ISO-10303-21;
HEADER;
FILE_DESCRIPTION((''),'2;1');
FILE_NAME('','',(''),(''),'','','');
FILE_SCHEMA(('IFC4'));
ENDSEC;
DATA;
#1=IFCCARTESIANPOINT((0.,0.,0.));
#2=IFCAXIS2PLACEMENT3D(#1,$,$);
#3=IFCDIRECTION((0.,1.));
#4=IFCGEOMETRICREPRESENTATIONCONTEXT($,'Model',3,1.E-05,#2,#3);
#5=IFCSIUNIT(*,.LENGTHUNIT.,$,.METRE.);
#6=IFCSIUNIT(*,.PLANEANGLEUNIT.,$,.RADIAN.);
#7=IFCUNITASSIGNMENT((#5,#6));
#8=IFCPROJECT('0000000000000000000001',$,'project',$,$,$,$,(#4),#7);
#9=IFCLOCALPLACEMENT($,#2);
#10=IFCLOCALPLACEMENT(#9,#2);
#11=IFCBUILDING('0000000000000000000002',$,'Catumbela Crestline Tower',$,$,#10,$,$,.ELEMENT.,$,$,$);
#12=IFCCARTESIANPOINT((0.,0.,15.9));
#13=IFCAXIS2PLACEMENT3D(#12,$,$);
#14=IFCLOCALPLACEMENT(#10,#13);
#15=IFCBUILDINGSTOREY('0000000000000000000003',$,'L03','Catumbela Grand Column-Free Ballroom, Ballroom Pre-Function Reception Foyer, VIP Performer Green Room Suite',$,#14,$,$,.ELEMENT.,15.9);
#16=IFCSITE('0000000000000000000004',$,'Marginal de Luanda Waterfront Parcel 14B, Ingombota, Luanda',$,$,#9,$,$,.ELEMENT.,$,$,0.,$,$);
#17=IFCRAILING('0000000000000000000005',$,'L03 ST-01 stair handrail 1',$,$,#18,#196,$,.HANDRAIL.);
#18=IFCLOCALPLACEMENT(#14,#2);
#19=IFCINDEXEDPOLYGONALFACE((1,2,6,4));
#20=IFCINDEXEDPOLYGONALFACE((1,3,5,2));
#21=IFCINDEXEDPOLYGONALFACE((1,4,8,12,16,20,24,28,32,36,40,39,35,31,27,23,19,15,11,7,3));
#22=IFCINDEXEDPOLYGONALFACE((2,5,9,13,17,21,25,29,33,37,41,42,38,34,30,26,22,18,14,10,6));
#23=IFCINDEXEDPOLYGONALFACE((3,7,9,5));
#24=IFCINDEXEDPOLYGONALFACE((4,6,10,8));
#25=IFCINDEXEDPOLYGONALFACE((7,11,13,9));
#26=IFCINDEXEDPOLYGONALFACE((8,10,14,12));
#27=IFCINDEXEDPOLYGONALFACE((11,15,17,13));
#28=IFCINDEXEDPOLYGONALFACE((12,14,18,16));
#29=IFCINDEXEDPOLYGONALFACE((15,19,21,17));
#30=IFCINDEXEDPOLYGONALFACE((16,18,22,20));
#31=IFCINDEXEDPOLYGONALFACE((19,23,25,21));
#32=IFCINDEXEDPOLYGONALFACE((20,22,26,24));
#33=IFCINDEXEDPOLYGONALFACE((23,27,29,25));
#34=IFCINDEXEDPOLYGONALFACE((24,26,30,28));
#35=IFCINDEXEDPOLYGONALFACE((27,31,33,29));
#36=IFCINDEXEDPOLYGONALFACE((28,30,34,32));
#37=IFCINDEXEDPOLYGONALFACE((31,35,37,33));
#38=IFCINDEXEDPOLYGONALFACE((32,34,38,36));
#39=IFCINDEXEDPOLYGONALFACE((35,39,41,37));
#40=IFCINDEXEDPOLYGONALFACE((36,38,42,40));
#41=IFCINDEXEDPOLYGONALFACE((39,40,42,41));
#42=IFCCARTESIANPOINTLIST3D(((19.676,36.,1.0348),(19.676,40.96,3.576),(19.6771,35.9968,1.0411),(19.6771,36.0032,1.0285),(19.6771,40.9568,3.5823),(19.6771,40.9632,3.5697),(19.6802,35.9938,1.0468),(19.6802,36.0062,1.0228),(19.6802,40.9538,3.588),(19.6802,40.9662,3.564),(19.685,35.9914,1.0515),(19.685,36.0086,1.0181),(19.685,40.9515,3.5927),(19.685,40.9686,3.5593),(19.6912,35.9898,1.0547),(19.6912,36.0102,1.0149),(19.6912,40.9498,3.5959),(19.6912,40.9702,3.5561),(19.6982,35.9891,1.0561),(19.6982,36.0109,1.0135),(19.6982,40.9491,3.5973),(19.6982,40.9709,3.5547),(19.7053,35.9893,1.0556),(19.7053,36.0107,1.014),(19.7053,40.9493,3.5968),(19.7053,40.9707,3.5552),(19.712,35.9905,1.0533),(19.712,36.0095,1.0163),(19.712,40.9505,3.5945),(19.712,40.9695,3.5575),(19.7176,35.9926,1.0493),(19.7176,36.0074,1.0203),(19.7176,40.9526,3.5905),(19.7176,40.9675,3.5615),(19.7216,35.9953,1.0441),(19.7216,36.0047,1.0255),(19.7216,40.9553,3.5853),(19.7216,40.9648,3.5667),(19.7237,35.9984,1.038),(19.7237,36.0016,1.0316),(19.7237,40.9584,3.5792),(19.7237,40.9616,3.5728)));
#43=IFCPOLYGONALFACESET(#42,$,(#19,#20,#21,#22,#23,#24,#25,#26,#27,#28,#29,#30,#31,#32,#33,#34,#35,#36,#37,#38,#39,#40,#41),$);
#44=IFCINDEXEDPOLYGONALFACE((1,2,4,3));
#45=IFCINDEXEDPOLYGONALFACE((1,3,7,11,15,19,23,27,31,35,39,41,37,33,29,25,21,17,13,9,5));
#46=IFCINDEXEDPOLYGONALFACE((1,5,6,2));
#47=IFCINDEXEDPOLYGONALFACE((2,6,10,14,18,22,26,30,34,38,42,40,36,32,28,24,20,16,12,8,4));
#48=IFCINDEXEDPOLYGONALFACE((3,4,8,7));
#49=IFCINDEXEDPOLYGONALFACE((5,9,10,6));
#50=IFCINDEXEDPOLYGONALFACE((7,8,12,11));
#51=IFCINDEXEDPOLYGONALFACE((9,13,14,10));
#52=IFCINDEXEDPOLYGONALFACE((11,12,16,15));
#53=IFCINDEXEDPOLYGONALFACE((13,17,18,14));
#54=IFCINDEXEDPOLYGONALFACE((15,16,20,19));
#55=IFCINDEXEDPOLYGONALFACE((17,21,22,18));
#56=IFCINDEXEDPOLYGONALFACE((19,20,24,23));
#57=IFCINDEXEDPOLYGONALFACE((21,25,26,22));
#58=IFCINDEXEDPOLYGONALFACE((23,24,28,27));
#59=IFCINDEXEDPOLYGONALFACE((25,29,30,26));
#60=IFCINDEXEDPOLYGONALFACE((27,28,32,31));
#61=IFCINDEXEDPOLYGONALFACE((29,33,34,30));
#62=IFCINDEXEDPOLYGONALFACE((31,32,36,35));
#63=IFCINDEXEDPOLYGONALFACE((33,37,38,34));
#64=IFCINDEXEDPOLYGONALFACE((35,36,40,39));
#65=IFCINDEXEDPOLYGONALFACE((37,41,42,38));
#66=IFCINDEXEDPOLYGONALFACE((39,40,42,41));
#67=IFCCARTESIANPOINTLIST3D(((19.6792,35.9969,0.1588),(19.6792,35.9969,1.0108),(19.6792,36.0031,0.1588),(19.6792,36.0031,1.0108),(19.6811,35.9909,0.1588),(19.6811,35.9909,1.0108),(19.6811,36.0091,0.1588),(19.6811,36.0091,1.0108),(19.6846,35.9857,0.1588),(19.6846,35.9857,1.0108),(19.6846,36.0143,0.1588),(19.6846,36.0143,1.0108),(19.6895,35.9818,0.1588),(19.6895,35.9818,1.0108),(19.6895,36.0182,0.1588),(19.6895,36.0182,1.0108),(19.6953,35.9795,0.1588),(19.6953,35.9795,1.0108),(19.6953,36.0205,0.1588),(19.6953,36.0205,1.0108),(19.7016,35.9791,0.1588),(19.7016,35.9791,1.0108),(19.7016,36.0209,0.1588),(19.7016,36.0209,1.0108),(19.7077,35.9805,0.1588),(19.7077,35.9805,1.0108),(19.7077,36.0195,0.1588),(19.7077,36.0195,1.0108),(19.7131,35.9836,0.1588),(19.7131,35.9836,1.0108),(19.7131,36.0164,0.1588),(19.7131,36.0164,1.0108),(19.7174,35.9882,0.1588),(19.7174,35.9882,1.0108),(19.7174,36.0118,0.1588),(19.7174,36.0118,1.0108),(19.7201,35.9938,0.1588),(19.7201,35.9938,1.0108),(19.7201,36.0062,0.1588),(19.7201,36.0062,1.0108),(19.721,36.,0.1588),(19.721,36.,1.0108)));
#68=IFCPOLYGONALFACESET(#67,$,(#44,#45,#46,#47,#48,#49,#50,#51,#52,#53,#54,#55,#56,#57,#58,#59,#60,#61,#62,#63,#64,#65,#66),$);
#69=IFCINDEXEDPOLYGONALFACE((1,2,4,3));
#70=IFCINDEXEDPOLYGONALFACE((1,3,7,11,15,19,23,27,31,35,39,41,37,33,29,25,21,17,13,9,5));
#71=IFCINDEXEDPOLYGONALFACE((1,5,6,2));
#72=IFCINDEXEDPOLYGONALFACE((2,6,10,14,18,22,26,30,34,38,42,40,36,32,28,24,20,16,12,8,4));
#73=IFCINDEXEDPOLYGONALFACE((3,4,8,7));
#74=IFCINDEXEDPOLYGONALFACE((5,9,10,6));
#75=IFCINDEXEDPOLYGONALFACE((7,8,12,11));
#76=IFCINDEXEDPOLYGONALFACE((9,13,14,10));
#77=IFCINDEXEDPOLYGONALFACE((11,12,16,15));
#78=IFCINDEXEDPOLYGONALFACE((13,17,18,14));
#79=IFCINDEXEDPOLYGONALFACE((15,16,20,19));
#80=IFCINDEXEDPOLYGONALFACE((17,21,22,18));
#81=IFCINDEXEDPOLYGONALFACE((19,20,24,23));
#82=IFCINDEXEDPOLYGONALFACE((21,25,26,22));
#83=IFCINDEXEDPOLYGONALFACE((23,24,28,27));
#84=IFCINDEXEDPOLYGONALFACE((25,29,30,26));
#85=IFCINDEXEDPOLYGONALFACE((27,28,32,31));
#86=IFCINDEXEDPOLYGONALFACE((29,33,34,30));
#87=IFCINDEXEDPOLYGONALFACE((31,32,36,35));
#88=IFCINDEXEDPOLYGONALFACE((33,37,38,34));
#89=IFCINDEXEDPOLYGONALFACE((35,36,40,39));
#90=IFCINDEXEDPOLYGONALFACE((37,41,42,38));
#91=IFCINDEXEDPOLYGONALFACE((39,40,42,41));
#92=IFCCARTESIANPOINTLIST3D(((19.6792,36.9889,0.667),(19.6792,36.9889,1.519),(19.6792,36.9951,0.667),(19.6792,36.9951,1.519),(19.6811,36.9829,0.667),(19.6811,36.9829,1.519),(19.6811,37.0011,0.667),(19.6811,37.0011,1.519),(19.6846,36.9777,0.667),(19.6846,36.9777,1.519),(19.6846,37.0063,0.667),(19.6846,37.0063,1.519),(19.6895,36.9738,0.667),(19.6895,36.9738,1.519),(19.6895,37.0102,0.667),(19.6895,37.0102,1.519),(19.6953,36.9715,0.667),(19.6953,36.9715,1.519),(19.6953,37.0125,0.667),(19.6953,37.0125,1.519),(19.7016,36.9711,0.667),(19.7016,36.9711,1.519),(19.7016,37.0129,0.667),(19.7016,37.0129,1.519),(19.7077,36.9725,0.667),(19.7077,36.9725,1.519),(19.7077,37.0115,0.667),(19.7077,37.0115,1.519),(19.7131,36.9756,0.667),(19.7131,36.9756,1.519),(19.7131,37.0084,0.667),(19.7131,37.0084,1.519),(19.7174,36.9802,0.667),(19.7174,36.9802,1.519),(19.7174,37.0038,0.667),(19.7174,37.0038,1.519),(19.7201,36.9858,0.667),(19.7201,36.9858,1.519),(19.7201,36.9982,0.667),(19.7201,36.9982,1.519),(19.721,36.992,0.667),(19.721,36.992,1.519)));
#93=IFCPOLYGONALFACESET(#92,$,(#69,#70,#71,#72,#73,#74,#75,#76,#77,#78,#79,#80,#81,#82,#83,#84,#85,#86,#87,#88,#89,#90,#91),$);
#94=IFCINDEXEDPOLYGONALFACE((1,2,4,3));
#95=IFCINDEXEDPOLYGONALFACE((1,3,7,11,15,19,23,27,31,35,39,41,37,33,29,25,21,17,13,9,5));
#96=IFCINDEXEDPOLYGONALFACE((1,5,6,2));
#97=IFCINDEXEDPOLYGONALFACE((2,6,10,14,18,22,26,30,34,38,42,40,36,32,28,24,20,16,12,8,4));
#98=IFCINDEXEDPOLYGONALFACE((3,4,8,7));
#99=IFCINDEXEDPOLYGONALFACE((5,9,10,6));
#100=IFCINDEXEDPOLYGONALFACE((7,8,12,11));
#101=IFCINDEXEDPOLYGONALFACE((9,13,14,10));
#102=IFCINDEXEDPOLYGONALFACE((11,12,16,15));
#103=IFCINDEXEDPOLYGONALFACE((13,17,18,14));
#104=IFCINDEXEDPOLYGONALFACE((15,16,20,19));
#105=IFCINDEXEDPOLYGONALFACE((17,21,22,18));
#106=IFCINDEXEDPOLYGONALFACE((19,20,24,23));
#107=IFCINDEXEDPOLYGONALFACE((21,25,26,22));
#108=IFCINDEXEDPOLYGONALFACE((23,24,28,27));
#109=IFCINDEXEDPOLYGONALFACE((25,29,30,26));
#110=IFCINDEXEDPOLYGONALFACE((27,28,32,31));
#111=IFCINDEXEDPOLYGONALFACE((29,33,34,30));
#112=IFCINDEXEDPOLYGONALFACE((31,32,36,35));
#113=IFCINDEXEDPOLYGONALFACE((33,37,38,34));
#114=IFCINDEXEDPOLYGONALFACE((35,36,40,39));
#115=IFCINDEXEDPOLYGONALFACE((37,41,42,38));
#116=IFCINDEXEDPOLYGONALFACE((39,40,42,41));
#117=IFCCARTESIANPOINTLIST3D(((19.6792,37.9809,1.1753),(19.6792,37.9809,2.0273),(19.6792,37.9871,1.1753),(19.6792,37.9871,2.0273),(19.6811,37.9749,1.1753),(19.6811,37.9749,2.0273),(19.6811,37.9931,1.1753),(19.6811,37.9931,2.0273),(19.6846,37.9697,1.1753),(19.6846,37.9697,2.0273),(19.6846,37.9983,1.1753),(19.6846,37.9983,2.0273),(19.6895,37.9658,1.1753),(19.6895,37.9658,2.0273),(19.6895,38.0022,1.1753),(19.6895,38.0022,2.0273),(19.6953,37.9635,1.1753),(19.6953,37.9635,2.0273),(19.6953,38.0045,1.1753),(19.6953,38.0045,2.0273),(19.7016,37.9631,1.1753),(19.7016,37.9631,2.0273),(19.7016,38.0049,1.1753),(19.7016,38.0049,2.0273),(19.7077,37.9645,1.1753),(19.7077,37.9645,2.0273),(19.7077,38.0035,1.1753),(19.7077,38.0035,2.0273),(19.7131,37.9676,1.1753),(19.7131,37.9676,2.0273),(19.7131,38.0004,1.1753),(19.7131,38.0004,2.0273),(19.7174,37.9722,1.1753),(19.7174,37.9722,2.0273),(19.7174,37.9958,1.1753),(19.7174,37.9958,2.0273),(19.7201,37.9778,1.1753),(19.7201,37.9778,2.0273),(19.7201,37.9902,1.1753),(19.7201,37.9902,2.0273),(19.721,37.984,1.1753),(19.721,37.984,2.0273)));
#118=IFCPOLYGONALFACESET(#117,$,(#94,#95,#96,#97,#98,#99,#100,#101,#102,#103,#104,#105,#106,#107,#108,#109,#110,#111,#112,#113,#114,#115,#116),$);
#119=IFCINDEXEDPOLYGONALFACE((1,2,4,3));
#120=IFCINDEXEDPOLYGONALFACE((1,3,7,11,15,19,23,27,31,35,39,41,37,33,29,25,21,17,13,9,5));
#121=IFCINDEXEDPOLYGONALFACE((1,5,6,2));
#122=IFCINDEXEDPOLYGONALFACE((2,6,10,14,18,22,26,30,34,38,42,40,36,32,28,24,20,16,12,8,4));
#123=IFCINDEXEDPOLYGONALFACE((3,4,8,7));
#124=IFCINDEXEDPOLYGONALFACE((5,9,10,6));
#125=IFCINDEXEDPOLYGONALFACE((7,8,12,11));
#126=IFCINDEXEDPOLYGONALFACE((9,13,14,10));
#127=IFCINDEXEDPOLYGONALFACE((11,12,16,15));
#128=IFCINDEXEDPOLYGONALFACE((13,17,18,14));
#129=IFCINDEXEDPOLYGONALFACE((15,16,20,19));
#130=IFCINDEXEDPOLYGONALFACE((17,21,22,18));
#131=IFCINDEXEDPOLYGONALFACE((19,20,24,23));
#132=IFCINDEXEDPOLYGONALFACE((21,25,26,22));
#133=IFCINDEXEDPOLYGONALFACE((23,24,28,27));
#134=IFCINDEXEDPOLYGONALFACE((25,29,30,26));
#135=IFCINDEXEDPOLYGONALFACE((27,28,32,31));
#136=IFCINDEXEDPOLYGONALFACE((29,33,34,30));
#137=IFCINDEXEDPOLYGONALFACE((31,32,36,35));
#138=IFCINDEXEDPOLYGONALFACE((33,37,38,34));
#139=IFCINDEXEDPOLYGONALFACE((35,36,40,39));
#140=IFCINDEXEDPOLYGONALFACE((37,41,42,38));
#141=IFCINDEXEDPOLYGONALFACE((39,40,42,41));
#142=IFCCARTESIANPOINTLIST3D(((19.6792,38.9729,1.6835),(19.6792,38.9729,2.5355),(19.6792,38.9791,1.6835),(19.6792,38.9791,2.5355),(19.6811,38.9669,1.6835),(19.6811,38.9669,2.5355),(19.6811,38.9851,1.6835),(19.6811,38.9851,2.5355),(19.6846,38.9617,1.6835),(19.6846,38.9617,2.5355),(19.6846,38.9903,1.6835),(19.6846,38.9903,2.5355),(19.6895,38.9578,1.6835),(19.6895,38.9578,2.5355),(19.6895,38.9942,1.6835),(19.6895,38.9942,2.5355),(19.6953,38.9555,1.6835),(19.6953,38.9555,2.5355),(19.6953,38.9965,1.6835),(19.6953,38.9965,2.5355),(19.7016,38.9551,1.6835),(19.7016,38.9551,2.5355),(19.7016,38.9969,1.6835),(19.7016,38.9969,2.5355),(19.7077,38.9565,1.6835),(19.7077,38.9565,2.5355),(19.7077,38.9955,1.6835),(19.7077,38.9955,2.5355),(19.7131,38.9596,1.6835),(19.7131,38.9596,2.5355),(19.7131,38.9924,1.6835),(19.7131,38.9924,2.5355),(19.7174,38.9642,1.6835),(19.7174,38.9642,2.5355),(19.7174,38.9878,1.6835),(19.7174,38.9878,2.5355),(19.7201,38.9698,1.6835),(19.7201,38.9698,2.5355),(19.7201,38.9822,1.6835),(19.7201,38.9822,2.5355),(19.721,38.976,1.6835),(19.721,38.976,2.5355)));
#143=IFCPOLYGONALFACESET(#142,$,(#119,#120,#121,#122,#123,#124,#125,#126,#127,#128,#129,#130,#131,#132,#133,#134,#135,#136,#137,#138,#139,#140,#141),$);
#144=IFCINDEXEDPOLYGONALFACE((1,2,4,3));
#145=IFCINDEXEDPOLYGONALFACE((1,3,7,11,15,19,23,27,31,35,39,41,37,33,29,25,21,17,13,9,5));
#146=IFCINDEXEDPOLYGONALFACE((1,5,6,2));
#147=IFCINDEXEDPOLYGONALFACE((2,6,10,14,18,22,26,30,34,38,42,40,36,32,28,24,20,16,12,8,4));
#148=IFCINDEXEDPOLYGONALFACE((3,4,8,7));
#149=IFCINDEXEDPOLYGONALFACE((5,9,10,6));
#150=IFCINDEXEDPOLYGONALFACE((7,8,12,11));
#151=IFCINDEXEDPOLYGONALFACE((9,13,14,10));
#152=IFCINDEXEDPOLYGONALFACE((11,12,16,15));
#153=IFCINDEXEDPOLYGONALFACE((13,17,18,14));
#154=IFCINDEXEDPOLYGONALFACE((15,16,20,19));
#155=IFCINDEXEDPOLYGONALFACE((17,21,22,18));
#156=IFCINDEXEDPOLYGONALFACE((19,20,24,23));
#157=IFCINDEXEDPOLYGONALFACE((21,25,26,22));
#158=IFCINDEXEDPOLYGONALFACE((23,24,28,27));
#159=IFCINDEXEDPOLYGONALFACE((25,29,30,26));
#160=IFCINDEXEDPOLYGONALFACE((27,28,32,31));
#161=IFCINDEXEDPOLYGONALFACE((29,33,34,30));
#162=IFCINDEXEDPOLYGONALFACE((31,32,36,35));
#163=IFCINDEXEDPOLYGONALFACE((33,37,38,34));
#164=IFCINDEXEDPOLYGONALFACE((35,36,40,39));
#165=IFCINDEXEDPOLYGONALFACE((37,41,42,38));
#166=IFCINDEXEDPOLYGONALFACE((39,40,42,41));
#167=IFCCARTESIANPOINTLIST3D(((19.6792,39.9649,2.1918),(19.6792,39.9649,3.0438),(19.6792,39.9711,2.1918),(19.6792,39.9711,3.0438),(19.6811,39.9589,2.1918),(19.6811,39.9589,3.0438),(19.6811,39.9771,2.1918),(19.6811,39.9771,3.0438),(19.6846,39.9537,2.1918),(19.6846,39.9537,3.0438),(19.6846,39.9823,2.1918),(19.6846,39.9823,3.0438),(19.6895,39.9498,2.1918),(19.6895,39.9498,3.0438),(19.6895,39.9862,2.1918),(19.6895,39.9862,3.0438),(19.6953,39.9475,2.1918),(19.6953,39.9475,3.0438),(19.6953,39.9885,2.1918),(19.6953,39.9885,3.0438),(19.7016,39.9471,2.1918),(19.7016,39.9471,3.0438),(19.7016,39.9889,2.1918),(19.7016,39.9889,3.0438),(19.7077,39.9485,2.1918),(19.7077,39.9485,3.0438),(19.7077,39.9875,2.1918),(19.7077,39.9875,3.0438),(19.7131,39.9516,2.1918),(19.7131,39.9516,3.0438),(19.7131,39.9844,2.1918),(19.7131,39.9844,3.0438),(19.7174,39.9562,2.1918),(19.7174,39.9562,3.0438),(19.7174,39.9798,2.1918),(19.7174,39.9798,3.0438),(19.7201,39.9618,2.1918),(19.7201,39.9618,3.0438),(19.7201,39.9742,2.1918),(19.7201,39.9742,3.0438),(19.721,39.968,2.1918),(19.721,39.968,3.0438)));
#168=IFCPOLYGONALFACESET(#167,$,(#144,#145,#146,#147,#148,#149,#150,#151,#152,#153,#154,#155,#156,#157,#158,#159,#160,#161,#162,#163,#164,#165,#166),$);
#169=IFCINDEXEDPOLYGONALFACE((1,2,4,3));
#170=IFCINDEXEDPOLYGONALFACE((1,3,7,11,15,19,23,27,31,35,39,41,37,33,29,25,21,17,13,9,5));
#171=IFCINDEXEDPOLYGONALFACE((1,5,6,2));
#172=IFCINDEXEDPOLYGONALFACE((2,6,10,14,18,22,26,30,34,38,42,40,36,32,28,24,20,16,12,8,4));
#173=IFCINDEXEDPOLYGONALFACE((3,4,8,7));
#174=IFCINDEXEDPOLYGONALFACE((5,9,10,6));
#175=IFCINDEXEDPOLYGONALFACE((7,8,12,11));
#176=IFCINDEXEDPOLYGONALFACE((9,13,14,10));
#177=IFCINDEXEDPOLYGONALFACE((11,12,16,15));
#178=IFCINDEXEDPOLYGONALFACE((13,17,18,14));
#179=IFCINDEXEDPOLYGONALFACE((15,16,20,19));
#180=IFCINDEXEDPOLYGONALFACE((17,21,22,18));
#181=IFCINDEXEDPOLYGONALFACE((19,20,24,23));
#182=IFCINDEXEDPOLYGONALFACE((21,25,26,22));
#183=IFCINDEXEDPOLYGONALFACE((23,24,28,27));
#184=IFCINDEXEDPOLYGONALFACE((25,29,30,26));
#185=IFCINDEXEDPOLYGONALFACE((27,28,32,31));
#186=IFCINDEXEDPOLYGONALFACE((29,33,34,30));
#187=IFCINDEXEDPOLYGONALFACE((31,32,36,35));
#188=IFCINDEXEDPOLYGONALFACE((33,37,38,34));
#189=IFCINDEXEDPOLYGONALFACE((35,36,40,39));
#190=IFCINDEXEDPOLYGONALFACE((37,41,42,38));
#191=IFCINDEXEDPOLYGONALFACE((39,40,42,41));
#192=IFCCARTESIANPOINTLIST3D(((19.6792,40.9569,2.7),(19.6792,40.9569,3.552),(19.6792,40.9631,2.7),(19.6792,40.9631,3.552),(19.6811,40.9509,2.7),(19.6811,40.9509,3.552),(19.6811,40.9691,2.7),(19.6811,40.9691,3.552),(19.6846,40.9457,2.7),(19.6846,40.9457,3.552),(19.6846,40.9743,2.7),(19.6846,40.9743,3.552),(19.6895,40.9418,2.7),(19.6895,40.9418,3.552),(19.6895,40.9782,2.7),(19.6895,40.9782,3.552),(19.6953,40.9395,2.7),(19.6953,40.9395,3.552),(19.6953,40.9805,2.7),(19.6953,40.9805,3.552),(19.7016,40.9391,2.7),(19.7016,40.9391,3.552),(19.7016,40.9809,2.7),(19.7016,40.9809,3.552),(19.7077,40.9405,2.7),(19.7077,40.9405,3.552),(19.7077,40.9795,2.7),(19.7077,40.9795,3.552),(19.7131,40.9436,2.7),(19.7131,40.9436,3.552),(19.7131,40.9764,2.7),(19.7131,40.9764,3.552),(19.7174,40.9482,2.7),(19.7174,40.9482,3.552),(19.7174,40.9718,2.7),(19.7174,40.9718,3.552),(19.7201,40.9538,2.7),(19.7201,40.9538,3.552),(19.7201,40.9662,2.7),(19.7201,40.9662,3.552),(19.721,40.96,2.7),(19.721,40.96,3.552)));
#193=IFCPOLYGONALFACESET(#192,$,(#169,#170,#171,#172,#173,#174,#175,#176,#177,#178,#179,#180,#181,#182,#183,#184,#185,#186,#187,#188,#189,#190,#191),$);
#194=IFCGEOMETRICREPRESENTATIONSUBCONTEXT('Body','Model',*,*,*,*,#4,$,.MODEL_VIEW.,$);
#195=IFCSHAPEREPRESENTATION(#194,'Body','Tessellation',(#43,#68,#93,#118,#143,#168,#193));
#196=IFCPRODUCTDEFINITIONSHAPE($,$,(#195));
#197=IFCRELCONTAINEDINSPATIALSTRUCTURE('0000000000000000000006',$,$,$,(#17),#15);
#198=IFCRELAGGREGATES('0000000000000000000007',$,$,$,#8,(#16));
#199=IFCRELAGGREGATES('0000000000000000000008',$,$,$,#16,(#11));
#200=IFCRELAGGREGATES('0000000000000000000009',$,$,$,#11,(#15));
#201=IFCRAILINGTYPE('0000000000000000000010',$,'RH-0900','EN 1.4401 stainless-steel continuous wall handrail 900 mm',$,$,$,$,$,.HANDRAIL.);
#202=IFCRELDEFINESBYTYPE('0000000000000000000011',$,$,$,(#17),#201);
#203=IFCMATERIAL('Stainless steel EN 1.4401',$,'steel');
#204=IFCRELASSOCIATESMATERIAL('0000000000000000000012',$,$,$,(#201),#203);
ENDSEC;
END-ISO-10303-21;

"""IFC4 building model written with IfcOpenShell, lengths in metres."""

from ifc_helpers import new_model, si_unit, direction, frame, origin, origin_2d, place, context, subcontext, project, spatial, circle, extrude, material, type_object, element, save


model = new_model("IFC4")

# Units and contexts
model_context = context("Model", 3, precision=1e-05, world=origin(), true_north=direction((0.0, 1.0)))
body_context = subcontext(model_context, "Body", "Model", "MODEL_VIEW")
ifc_project = project(units=[si_unit("LENGTHUNIT", "METRE"), si_unit("PLANEANGLEUNIT", "RADIAN")], contexts=[model_context])

# Site, building, storey
site_placement = place(None, origin())
site = spatial("IfcSite", under=ifc_project, at=site_placement, Name="Marginal de Luanda Waterfront Parcel 14B, Ingombota, Luanda", CompositionType="ELEMENT", RefElevation=0.0)
building_placement = place(site_placement, origin())
building = spatial("IfcBuilding", under=site, at=building_placement, Name="Catumbela Crestline Tower", CompositionType="ELEMENT")
storey_placement = place(building_placement, frame((0.0, 0.0, 15.9)))
storey = spatial("IfcBuildingStorey", under=building, at=storey_placement, Name="L03", Description="Catumbela Grand Column-Free Ballroom, Ballroom Pre-Function Reception Foyer, VIP Performer Green Room Suite", CompositionType="ELEMENT", Elevation=15.9)

# Shared definitions
ifc_material_1 = material(Name="Stainless steel EN 1.4401", Category="steel")

# Railing
railing_type_1 = type_object("IfcRailingType", Name="RH-0900", Description="EN 1.4401 stainless-steel continuous wall handrail 900 mm", PredefinedType="HANDRAIL", material=ifc_material_1)
for number, where, name in (
    (1, (19.7, 36.0, 0.1588), "L03 ST-01 stair handrail 1"),
):
    element("IfcRailing", number, at=place(storey_placement, frame(where)), inside=storey, type_object=railing_type_1, Name=name, PredefinedType="HANDRAIL", context=body_context, shape_type="SweptSolid", body=[
        extrude(circle(Radius=0.024, at=origin_2d()), frame((0.0, 0.0, 0.876), z_axis=(0.0, 0.889992, 0.455977), x_axis=(-1.0, 0.0, 0.0)), (0.0, 0.0, 1.0), 5.5731),
        extrude(circle(Radius=0.021, at=origin_2d()), origin(), (0.0, 0.0, 1.0), 0.852),
        extrude(circle(Radius=0.021, at=origin_2d()), frame((0.0, 0.992, 0.5082)), (0.0, 0.0, 1.0), 0.852),
        extrude(circle(Radius=0.021, at=origin_2d()), frame((0.0, 1.984, 1.0165)), (0.0, 0.0, 1.0), 0.852),
        extrude(circle(Radius=0.021, at=origin_2d()), frame((0.0, 2.976, 1.5247)), (0.0, 0.0, 1.0), 0.852),
        extrude(circle(Radius=0.021, at=origin_2d()), frame((0.0, 3.968, 2.033)), (0.0, 0.0, 1.0), 0.852),
        extrude(circle(Radius=0.021, at=origin_2d()), frame((0.0, 4.96, 2.5412)), (0.0, 0.0, 1.0), 0.852),
    ])

save(model, "model.ifc")
